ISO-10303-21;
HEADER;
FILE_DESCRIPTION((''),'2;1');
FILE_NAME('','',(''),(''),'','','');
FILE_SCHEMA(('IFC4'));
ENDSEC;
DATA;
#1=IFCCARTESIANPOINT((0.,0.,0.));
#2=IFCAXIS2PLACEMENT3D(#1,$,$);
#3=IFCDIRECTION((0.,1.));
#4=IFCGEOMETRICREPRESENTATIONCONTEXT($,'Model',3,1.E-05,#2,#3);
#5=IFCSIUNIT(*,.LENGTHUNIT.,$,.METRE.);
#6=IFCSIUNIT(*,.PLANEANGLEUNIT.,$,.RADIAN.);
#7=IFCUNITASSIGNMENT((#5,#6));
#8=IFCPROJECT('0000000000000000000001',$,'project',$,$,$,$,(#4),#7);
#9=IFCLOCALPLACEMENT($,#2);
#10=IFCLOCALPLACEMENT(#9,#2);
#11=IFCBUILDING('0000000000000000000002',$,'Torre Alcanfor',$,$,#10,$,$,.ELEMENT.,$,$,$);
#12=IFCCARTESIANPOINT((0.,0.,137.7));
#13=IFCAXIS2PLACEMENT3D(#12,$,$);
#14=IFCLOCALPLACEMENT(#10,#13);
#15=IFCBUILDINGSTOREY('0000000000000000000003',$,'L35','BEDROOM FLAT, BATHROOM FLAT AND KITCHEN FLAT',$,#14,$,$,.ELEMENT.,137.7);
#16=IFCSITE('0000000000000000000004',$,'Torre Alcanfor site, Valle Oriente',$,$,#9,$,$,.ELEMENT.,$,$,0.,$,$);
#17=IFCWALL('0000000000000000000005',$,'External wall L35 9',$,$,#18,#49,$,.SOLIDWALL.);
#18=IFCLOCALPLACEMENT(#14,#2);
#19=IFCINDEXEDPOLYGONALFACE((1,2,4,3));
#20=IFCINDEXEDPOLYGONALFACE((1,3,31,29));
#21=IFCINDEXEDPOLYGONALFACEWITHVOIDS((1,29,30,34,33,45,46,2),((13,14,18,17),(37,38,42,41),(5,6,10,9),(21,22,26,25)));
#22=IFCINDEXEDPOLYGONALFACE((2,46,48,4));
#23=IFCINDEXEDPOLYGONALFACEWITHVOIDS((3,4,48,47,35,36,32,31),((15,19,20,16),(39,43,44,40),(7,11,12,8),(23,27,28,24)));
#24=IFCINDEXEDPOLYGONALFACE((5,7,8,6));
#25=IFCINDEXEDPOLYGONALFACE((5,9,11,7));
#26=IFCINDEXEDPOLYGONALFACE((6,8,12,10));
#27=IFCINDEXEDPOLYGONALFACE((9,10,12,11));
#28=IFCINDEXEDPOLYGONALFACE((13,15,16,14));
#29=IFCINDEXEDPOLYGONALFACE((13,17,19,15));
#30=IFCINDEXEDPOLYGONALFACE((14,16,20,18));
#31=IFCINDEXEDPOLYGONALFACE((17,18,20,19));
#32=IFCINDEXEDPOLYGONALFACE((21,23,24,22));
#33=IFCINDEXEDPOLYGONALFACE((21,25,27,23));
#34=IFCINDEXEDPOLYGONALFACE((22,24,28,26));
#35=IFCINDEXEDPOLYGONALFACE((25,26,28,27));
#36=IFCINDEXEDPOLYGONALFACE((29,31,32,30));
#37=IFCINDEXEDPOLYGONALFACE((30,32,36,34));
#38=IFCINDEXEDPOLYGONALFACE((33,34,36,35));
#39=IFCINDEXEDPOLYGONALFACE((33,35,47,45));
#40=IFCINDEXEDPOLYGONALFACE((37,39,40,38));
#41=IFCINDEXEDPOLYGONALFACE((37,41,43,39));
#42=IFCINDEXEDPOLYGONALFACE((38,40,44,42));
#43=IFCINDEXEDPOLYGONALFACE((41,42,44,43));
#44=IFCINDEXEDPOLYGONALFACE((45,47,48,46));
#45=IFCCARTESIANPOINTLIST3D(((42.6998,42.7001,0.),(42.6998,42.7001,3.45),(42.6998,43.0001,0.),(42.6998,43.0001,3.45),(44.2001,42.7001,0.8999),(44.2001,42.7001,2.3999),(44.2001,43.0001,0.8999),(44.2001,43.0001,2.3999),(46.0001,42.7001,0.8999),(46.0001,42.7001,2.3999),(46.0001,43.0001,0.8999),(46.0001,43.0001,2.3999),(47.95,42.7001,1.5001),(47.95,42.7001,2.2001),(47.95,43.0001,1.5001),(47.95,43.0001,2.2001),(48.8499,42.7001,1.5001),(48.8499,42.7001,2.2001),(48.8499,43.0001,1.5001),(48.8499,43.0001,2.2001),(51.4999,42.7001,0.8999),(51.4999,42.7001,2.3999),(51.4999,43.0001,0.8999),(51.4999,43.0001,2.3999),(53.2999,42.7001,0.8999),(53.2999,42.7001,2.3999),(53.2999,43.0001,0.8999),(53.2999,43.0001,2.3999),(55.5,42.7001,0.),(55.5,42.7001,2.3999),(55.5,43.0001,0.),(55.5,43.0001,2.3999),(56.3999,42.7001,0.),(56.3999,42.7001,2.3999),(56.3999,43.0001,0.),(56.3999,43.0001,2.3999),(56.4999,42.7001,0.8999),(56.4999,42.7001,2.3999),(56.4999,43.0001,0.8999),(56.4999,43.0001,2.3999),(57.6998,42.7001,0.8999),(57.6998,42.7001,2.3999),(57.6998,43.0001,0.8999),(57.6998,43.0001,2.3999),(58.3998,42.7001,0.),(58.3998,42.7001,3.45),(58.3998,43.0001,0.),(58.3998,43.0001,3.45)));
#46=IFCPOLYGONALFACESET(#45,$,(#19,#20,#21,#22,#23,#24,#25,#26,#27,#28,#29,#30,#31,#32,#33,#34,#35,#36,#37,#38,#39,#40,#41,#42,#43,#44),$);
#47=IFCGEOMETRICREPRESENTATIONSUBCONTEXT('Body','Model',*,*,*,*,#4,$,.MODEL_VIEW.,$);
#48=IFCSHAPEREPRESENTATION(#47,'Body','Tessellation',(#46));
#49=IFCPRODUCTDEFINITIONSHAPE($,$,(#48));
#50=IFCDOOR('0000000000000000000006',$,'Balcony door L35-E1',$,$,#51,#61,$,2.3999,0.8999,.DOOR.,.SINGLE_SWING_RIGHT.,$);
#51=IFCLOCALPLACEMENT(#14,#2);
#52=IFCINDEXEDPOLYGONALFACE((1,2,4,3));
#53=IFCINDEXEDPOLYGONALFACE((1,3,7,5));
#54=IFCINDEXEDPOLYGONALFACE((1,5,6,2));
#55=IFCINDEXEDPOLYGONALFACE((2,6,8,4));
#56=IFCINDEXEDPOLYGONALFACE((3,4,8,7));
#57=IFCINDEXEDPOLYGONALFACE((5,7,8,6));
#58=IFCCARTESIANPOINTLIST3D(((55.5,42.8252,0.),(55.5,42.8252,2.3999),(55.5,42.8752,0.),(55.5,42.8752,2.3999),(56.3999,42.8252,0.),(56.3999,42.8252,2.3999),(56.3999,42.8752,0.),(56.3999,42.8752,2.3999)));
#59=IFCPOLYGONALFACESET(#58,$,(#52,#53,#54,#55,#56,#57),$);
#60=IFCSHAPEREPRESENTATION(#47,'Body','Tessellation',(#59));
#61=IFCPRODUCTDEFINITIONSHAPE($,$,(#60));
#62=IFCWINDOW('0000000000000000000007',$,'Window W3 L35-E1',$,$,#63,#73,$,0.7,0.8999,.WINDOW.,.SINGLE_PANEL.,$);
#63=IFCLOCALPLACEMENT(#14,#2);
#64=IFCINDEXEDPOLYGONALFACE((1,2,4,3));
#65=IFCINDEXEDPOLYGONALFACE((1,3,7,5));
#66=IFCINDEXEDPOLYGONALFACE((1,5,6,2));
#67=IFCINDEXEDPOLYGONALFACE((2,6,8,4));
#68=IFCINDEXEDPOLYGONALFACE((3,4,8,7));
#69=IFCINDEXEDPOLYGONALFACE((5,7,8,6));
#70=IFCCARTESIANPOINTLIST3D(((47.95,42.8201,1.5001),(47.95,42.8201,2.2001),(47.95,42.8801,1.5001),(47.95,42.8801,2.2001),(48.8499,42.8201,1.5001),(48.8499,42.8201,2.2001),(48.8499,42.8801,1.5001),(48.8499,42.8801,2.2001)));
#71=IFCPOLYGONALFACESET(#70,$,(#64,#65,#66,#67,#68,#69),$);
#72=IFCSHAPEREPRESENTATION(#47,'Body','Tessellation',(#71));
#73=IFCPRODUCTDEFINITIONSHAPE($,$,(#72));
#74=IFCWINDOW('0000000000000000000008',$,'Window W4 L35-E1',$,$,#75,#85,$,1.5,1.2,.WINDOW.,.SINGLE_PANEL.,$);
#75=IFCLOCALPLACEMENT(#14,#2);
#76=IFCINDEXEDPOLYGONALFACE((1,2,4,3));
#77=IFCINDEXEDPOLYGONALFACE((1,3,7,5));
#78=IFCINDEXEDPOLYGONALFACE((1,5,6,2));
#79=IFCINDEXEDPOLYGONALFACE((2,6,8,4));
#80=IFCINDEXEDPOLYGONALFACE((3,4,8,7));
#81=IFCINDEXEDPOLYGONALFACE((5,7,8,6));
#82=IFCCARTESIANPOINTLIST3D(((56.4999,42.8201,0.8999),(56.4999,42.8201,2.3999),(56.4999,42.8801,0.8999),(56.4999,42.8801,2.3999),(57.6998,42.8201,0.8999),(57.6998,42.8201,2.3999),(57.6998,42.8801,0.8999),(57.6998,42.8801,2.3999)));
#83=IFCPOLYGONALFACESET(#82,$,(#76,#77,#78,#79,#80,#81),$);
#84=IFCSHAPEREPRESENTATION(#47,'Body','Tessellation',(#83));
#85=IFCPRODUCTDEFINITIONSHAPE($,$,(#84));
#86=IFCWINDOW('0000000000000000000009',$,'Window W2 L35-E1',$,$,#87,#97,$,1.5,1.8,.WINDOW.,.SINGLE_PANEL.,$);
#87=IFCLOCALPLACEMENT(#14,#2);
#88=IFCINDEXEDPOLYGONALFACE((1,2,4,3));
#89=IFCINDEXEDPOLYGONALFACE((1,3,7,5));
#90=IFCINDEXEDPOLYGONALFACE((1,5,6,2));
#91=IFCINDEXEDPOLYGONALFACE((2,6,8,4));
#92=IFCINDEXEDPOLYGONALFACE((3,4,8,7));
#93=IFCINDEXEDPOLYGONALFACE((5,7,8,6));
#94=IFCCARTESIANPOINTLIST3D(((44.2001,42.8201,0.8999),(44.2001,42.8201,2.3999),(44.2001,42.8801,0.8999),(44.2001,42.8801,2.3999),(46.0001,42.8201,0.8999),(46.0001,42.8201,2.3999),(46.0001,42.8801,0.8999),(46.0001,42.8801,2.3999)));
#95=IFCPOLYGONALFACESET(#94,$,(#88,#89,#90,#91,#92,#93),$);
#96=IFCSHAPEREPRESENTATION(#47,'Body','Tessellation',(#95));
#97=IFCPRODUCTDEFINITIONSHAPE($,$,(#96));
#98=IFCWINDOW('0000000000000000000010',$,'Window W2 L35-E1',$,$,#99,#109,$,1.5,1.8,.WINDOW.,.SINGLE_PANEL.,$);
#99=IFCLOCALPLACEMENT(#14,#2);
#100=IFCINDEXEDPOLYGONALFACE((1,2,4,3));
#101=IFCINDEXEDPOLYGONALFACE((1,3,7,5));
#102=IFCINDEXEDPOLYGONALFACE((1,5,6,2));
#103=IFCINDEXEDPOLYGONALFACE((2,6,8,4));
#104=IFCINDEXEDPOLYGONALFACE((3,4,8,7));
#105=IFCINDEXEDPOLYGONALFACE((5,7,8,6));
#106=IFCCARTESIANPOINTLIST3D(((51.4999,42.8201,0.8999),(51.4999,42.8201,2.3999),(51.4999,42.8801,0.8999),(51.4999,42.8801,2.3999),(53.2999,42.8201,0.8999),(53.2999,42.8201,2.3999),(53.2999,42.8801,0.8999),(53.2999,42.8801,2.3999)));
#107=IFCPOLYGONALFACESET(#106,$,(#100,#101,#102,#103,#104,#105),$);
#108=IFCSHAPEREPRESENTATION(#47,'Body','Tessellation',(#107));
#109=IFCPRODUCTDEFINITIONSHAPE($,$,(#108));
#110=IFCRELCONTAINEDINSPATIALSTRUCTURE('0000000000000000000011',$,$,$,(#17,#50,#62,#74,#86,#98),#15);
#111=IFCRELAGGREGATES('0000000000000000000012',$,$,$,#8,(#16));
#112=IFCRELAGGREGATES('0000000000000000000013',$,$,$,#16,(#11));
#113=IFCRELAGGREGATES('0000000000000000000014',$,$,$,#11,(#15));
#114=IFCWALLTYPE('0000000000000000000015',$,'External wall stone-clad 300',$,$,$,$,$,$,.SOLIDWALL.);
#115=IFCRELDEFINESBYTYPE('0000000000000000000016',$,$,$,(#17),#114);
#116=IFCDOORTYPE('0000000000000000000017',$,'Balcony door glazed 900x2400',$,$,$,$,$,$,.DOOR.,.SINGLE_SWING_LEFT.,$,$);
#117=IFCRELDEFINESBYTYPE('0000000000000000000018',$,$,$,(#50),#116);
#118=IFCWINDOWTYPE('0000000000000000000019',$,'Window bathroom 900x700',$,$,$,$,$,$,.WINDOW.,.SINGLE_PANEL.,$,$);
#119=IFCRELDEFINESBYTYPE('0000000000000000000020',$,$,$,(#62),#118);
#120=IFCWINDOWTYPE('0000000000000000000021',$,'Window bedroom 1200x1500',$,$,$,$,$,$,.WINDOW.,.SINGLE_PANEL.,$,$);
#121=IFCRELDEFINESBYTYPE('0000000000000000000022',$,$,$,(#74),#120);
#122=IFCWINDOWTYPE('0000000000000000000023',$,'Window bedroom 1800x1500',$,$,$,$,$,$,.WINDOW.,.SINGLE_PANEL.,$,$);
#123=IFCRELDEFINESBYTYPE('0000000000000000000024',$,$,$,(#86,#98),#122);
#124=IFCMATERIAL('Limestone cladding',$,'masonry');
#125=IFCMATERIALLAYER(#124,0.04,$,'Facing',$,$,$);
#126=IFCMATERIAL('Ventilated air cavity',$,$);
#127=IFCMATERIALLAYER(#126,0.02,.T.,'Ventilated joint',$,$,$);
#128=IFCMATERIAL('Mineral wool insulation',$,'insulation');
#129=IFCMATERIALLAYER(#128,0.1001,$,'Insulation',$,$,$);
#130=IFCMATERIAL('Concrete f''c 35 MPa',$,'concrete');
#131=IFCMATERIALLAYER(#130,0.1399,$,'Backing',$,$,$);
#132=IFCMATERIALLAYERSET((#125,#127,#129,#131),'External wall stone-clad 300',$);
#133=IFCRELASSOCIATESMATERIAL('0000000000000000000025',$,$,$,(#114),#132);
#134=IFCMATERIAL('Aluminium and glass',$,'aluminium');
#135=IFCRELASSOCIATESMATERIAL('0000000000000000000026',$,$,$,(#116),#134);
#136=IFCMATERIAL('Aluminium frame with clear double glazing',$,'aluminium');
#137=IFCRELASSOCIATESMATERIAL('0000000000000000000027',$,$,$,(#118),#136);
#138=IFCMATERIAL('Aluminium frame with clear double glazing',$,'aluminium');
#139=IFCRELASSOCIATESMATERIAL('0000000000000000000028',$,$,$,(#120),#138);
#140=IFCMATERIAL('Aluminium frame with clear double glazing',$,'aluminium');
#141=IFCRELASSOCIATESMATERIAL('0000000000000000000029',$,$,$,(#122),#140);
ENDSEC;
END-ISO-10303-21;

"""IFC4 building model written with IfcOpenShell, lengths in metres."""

from ifc_helpers import new_model, si_unit, direction, frame, frame_2d, origin, place, context, subcontext, project, spatial, rectangle, extrude, material, layer, layer_set, type_object, element, fill, save


model = new_model("IFC4")

# Units and contexts
model_context = context("Model", 3, precision=1e-05, world=origin(), true_north=direction((0.0, 1.0)))
body_context = subcontext(model_context, "Body", "Model", "MODEL_VIEW")
ifc_project = project(units=[si_unit("LENGTHUNIT", "METRE"), si_unit("PLANEANGLEUNIT", "RADIAN")], contexts=[model_context])

# Site, building, storey
site_placement = place(None, origin())
site = spatial("IfcSite", under=ifc_project, at=site_placement, Name="Torre Alcanfor site, Valle Oriente", CompositionType="ELEMENT", RefElevation=0.0)
building_placement = place(site_placement, origin())
building = spatial("IfcBuilding", under=site, at=building_placement, Name="Torre Alcanfor", CompositionType="ELEMENT")
storey_placement = place(building_placement, frame((0.0, 0.0, 137.7)))
storey = spatial("IfcBuildingStorey", under=building, at=storey_placement, Name="L35", Description="BEDROOM FLAT, BATHROOM FLAT AND KITCHEN FLAT", CompositionType="ELEMENT", Elevation=137.7)

# Wall, openings, door, windows
ifc_material_1 = material(Name="Limestone cladding", Category="masonry")
ifc_layer_1 = layer(ifc_material_1, 0.04, Name="Facing")
ifc_material_2 = material(Name="Ventilated air cavity")
ifc_layer_2 = layer(ifc_material_2, 0.02, ventilated=True, Name="Ventilated joint")
ifc_material_3 = material(Name="Mineral wool insulation", Category="insulation")
ifc_layer_3 = layer(ifc_material_3, 0.1001, Name="Insulation")
ifc_material_4 = material(Name="Concrete f'c 35 MPa", Category="concrete")
ifc_layer_4 = layer(ifc_material_4, 0.1399, Name="Backing")
ifc_layer_set_1 = layer_set([ifc_layer_1, ifc_layer_2, ifc_layer_3, ifc_layer_4], Name="External wall stone-clad 300")
wall_type_1 = type_object("IfcWallType", Name="External wall stone-clad 300", PredefinedType="SOLIDWALL", material=ifc_layer_set_1)
wall_1_placement = place(storey_placement, frame((58.3999, 42.8501, 0.0), z_axis=(0.0, 0.0, 1.0), x_axis=(-1.0, 0.0, 0.0)))
wall_1 = element("IfcWall", 1, at=wall_1_placement, inside=storey, type_object=wall_type_1, Name="External wall L35 9", PredefinedType="SOLIDWALL", context=body_context, shape_type="SweptSolid", body=[
    extrude(rectangle(XDim=15.7, YDim=0.3, at=frame_2d((7.8501, 0.0))), origin(), (0.0, 0.0, 1.0), 3.45),
])
opening_1_placement = place(wall_1_placement, frame((12.3999, 0.0, 0.8999)))
opening_1 = element("IfcOpeningElement", 2, at=opening_1_placement, cuts=wall_1, PredefinedType="OPENING", context=body_context, shape_type="SweptSolid", body=[
    extrude(rectangle(XDim=1.8, YDim=1.5, at=frame_2d((0.8999, 0.75))), frame((0.0, 0.1599, 0.0), z_axis=(0.0, -1.0, 0.0), x_axis=(1.0, 0.0, 0.0)), (0.0, 0.0, 1.0), 0.3201),
])
opening_2_placement = place(wall_1_placement, frame((9.55, 0.0, 1.5)))
opening_2 = element("IfcOpeningElement", 3, at=opening_2_placement, cuts=wall_1, PredefinedType="OPENING", context=body_context, shape_type="SweptSolid", body=[
    extrude(rectangle(XDim=0.8999, YDim=0.7, at=frame_2d((0.45, 0.3501))), frame((0.0, 0.1599, 0.0), z_axis=(0.0, -1.0, 0.0), x_axis=(1.0, 0.0, 0.0)), (0.0, 0.0, 1.0), 0.3201),
])
opening_3_placement = place(wall_1_placement, frame((5.1001, 0.0, 0.8999)))
opening_3 = element("IfcOpeningElement", 4, at=opening_3_placement, cuts=wall_1, PredefinedType="OPENING", context=body_context, shape_type="SweptSolid", body=[
    extrude(rectangle(XDim=1.8, YDim=1.5, at=frame_2d((0.8999, 0.75))), frame((0.0, 0.1599, 0.0), z_axis=(0.0, -1.0, 0.0), x_axis=(1.0, 0.0, 0.0)), (0.0, 0.0, 1.0), 0.3201),
])
opening_4_placement = place(wall_1_placement, frame((2.0, 0.0, 0.0)))
opening_4 = element("IfcOpeningElement", 5, at=opening_4_placement, cuts=wall_1, PredefinedType="OPENING", context=body_context, shape_type="SweptSolid", body=[
    extrude(rectangle(XDim=0.8999, YDim=2.3999, at=frame_2d((0.45, 1.2))), frame((0.0, 0.1599, 0.0), z_axis=(0.0, -1.0, 0.0), x_axis=(1.0, 0.0, 0.0)), (0.0, 0.0, 1.0), 0.3201),
])
opening_5_placement = place(wall_1_placement, frame((0.7, 0.0, 0.8999)))
opening_5 = element("IfcOpeningElement", 6, at=opening_5_placement, cuts=wall_1, PredefinedType="OPENING", context=body_context, shape_type="SweptSolid", body=[
    extrude(rectangle(XDim=1.2, YDim=1.5, at=frame_2d((0.6001, 0.75))), frame((0.0, 0.1599, 0.0), z_axis=(0.0, -1.0, 0.0), x_axis=(1.0, 0.0, 0.0)), (0.0, 0.0, 1.0), 0.3201),
])
ifc_material_5 = material(Name="Aluminium and glass", Category="aluminium")
door_type_1 = type_object("IfcDoorType", Name="Balcony door glazed 900x2400", OperationType="SINGLE_SWING_LEFT", PredefinedType="DOOR", material=ifc_material_5)
door_1_placement = place(opening_4_placement, origin())
door_1 = element("IfcDoor", 7, at=door_1_placement, inside=storey, type_object=door_type_1, Name="Balcony door L35-E1", OperationType="SINGLE_SWING_RIGHT", OverallHeight=2.3999, OverallWidth=0.8999, PredefinedType="DOOR", context=body_context, shape_type="SweptSolid", body=[
    extrude(rectangle(XDim=0.8999, YDim=2.3999, at=frame_2d((0.45, 1.2))), frame((0.0, 0.0249, 0.0), z_axis=(0.0, -1.0, 0.0), x_axis=(1.0, 0.0, 0.0)), (0.0, 0.0, 1.0), 0.05),
])
fill(opening_4, door_1)
ifc_material_6 = material(Name="Aluminium frame with clear double glazing", Category="aluminium")
window_type_1 = type_object("IfcWindowType", Name="Window bathroom 900x700", PartitioningType="SINGLE_PANEL", PredefinedType="WINDOW", material=ifc_material_6)
window_1_placement = place(opening_2_placement, origin())
window_1 = element("IfcWindow", 8, at=window_1_placement, inside=storey, type_object=window_type_1, Name="Window W3 L35-E1", OverallHeight=0.7, OverallWidth=0.8999, PartitioningType="SINGLE_PANEL", PredefinedType="WINDOW", context=body_context, shape_type="SweptSolid", body=[
    extrude(rectangle(XDim=0.8999, YDim=0.7, at=frame_2d((0.45, 0.3501))), frame((0.0, 0.03, 0.0), z_axis=(0.0, -1.0, 0.0), x_axis=(1.0, 0.0, 0.0)), (0.0, 0.0, 1.0), 0.0601),
])
fill(opening_2, window_1)
ifc_material_7 = material(Name="Aluminium frame with clear double glazing", Category="aluminium")
window_type_2 = type_object("IfcWindowType", Name="Window bedroom 1200x1500", PartitioningType="SINGLE_PANEL", PredefinedType="WINDOW", material=ifc_material_7)
window_2_placement = place(opening_5_placement, origin())
window_2 = element("IfcWindow", 9, at=window_2_placement, inside=storey, type_object=window_type_2, Name="Window W4 L35-E1", OverallHeight=1.5, OverallWidth=1.2, PartitioningType="SINGLE_PANEL", PredefinedType="WINDOW", context=body_context, shape_type="SweptSolid", body=[
    extrude(rectangle(XDim=1.2, YDim=1.5, at=frame_2d((0.6001, 0.75))), frame((0.0, 0.03, 0.0), z_axis=(0.0, -1.0, 0.0), x_axis=(1.0, 0.0, 0.0)), (0.0, 0.0, 1.0), 0.0601),
])
fill(opening_5, window_2)
ifc_material_8 = material(Name="Aluminium frame with clear double glazing", Category="aluminium")
window_type_3 = type_object("IfcWindowType", Name="Window bedroom 1800x1500", PartitioningType="SINGLE_PANEL", PredefinedType="WINDOW", material=ifc_material_8)
window_3_placement = place(opening_1_placement, origin())
window_3 = element("IfcWindow", 10, at=window_3_placement, inside=storey, type_object=window_type_3, Name="Window W2 L35-E1", OverallHeight=1.5, OverallWidth=1.8, PartitioningType="SINGLE_PANEL", PredefinedType="WINDOW", context=body_context, shape_type="SweptSolid", body=[
    extrude(rectangle(XDim=1.8, YDim=1.5, at=frame_2d((0.8999, 0.75))), frame((0.0, 0.03, 0.0), z_axis=(0.0, -1.0, 0.0), x_axis=(1.0, 0.0, 0.0)), (0.0, 0.0, 1.0), 0.0601),
])
fill(opening_1, window_3)
window_4_placement = place(opening_3_placement, origin())
window_4 = element("IfcWindow", 11, at=window_4_placement, inside=storey, type_object=window_type_3, Name="Window W2 L35-E1", OverallHeight=1.5, OverallWidth=1.8, PartitioningType="SINGLE_PANEL", PredefinedType="WINDOW", context=body_context, shape_type="SweptSolid", body=[
    extrude(rectangle(XDim=1.8, YDim=1.5, at=frame_2d((0.8999, 0.75))), frame((0.0, 0.03, 0.0), z_axis=(0.0, -1.0, 0.0), x_axis=(1.0, 0.0, 0.0)), (0.0, 0.0, 1.0), 0.0601),
])
fill(opening_3, window_4)

save(model, "model.ifc")
